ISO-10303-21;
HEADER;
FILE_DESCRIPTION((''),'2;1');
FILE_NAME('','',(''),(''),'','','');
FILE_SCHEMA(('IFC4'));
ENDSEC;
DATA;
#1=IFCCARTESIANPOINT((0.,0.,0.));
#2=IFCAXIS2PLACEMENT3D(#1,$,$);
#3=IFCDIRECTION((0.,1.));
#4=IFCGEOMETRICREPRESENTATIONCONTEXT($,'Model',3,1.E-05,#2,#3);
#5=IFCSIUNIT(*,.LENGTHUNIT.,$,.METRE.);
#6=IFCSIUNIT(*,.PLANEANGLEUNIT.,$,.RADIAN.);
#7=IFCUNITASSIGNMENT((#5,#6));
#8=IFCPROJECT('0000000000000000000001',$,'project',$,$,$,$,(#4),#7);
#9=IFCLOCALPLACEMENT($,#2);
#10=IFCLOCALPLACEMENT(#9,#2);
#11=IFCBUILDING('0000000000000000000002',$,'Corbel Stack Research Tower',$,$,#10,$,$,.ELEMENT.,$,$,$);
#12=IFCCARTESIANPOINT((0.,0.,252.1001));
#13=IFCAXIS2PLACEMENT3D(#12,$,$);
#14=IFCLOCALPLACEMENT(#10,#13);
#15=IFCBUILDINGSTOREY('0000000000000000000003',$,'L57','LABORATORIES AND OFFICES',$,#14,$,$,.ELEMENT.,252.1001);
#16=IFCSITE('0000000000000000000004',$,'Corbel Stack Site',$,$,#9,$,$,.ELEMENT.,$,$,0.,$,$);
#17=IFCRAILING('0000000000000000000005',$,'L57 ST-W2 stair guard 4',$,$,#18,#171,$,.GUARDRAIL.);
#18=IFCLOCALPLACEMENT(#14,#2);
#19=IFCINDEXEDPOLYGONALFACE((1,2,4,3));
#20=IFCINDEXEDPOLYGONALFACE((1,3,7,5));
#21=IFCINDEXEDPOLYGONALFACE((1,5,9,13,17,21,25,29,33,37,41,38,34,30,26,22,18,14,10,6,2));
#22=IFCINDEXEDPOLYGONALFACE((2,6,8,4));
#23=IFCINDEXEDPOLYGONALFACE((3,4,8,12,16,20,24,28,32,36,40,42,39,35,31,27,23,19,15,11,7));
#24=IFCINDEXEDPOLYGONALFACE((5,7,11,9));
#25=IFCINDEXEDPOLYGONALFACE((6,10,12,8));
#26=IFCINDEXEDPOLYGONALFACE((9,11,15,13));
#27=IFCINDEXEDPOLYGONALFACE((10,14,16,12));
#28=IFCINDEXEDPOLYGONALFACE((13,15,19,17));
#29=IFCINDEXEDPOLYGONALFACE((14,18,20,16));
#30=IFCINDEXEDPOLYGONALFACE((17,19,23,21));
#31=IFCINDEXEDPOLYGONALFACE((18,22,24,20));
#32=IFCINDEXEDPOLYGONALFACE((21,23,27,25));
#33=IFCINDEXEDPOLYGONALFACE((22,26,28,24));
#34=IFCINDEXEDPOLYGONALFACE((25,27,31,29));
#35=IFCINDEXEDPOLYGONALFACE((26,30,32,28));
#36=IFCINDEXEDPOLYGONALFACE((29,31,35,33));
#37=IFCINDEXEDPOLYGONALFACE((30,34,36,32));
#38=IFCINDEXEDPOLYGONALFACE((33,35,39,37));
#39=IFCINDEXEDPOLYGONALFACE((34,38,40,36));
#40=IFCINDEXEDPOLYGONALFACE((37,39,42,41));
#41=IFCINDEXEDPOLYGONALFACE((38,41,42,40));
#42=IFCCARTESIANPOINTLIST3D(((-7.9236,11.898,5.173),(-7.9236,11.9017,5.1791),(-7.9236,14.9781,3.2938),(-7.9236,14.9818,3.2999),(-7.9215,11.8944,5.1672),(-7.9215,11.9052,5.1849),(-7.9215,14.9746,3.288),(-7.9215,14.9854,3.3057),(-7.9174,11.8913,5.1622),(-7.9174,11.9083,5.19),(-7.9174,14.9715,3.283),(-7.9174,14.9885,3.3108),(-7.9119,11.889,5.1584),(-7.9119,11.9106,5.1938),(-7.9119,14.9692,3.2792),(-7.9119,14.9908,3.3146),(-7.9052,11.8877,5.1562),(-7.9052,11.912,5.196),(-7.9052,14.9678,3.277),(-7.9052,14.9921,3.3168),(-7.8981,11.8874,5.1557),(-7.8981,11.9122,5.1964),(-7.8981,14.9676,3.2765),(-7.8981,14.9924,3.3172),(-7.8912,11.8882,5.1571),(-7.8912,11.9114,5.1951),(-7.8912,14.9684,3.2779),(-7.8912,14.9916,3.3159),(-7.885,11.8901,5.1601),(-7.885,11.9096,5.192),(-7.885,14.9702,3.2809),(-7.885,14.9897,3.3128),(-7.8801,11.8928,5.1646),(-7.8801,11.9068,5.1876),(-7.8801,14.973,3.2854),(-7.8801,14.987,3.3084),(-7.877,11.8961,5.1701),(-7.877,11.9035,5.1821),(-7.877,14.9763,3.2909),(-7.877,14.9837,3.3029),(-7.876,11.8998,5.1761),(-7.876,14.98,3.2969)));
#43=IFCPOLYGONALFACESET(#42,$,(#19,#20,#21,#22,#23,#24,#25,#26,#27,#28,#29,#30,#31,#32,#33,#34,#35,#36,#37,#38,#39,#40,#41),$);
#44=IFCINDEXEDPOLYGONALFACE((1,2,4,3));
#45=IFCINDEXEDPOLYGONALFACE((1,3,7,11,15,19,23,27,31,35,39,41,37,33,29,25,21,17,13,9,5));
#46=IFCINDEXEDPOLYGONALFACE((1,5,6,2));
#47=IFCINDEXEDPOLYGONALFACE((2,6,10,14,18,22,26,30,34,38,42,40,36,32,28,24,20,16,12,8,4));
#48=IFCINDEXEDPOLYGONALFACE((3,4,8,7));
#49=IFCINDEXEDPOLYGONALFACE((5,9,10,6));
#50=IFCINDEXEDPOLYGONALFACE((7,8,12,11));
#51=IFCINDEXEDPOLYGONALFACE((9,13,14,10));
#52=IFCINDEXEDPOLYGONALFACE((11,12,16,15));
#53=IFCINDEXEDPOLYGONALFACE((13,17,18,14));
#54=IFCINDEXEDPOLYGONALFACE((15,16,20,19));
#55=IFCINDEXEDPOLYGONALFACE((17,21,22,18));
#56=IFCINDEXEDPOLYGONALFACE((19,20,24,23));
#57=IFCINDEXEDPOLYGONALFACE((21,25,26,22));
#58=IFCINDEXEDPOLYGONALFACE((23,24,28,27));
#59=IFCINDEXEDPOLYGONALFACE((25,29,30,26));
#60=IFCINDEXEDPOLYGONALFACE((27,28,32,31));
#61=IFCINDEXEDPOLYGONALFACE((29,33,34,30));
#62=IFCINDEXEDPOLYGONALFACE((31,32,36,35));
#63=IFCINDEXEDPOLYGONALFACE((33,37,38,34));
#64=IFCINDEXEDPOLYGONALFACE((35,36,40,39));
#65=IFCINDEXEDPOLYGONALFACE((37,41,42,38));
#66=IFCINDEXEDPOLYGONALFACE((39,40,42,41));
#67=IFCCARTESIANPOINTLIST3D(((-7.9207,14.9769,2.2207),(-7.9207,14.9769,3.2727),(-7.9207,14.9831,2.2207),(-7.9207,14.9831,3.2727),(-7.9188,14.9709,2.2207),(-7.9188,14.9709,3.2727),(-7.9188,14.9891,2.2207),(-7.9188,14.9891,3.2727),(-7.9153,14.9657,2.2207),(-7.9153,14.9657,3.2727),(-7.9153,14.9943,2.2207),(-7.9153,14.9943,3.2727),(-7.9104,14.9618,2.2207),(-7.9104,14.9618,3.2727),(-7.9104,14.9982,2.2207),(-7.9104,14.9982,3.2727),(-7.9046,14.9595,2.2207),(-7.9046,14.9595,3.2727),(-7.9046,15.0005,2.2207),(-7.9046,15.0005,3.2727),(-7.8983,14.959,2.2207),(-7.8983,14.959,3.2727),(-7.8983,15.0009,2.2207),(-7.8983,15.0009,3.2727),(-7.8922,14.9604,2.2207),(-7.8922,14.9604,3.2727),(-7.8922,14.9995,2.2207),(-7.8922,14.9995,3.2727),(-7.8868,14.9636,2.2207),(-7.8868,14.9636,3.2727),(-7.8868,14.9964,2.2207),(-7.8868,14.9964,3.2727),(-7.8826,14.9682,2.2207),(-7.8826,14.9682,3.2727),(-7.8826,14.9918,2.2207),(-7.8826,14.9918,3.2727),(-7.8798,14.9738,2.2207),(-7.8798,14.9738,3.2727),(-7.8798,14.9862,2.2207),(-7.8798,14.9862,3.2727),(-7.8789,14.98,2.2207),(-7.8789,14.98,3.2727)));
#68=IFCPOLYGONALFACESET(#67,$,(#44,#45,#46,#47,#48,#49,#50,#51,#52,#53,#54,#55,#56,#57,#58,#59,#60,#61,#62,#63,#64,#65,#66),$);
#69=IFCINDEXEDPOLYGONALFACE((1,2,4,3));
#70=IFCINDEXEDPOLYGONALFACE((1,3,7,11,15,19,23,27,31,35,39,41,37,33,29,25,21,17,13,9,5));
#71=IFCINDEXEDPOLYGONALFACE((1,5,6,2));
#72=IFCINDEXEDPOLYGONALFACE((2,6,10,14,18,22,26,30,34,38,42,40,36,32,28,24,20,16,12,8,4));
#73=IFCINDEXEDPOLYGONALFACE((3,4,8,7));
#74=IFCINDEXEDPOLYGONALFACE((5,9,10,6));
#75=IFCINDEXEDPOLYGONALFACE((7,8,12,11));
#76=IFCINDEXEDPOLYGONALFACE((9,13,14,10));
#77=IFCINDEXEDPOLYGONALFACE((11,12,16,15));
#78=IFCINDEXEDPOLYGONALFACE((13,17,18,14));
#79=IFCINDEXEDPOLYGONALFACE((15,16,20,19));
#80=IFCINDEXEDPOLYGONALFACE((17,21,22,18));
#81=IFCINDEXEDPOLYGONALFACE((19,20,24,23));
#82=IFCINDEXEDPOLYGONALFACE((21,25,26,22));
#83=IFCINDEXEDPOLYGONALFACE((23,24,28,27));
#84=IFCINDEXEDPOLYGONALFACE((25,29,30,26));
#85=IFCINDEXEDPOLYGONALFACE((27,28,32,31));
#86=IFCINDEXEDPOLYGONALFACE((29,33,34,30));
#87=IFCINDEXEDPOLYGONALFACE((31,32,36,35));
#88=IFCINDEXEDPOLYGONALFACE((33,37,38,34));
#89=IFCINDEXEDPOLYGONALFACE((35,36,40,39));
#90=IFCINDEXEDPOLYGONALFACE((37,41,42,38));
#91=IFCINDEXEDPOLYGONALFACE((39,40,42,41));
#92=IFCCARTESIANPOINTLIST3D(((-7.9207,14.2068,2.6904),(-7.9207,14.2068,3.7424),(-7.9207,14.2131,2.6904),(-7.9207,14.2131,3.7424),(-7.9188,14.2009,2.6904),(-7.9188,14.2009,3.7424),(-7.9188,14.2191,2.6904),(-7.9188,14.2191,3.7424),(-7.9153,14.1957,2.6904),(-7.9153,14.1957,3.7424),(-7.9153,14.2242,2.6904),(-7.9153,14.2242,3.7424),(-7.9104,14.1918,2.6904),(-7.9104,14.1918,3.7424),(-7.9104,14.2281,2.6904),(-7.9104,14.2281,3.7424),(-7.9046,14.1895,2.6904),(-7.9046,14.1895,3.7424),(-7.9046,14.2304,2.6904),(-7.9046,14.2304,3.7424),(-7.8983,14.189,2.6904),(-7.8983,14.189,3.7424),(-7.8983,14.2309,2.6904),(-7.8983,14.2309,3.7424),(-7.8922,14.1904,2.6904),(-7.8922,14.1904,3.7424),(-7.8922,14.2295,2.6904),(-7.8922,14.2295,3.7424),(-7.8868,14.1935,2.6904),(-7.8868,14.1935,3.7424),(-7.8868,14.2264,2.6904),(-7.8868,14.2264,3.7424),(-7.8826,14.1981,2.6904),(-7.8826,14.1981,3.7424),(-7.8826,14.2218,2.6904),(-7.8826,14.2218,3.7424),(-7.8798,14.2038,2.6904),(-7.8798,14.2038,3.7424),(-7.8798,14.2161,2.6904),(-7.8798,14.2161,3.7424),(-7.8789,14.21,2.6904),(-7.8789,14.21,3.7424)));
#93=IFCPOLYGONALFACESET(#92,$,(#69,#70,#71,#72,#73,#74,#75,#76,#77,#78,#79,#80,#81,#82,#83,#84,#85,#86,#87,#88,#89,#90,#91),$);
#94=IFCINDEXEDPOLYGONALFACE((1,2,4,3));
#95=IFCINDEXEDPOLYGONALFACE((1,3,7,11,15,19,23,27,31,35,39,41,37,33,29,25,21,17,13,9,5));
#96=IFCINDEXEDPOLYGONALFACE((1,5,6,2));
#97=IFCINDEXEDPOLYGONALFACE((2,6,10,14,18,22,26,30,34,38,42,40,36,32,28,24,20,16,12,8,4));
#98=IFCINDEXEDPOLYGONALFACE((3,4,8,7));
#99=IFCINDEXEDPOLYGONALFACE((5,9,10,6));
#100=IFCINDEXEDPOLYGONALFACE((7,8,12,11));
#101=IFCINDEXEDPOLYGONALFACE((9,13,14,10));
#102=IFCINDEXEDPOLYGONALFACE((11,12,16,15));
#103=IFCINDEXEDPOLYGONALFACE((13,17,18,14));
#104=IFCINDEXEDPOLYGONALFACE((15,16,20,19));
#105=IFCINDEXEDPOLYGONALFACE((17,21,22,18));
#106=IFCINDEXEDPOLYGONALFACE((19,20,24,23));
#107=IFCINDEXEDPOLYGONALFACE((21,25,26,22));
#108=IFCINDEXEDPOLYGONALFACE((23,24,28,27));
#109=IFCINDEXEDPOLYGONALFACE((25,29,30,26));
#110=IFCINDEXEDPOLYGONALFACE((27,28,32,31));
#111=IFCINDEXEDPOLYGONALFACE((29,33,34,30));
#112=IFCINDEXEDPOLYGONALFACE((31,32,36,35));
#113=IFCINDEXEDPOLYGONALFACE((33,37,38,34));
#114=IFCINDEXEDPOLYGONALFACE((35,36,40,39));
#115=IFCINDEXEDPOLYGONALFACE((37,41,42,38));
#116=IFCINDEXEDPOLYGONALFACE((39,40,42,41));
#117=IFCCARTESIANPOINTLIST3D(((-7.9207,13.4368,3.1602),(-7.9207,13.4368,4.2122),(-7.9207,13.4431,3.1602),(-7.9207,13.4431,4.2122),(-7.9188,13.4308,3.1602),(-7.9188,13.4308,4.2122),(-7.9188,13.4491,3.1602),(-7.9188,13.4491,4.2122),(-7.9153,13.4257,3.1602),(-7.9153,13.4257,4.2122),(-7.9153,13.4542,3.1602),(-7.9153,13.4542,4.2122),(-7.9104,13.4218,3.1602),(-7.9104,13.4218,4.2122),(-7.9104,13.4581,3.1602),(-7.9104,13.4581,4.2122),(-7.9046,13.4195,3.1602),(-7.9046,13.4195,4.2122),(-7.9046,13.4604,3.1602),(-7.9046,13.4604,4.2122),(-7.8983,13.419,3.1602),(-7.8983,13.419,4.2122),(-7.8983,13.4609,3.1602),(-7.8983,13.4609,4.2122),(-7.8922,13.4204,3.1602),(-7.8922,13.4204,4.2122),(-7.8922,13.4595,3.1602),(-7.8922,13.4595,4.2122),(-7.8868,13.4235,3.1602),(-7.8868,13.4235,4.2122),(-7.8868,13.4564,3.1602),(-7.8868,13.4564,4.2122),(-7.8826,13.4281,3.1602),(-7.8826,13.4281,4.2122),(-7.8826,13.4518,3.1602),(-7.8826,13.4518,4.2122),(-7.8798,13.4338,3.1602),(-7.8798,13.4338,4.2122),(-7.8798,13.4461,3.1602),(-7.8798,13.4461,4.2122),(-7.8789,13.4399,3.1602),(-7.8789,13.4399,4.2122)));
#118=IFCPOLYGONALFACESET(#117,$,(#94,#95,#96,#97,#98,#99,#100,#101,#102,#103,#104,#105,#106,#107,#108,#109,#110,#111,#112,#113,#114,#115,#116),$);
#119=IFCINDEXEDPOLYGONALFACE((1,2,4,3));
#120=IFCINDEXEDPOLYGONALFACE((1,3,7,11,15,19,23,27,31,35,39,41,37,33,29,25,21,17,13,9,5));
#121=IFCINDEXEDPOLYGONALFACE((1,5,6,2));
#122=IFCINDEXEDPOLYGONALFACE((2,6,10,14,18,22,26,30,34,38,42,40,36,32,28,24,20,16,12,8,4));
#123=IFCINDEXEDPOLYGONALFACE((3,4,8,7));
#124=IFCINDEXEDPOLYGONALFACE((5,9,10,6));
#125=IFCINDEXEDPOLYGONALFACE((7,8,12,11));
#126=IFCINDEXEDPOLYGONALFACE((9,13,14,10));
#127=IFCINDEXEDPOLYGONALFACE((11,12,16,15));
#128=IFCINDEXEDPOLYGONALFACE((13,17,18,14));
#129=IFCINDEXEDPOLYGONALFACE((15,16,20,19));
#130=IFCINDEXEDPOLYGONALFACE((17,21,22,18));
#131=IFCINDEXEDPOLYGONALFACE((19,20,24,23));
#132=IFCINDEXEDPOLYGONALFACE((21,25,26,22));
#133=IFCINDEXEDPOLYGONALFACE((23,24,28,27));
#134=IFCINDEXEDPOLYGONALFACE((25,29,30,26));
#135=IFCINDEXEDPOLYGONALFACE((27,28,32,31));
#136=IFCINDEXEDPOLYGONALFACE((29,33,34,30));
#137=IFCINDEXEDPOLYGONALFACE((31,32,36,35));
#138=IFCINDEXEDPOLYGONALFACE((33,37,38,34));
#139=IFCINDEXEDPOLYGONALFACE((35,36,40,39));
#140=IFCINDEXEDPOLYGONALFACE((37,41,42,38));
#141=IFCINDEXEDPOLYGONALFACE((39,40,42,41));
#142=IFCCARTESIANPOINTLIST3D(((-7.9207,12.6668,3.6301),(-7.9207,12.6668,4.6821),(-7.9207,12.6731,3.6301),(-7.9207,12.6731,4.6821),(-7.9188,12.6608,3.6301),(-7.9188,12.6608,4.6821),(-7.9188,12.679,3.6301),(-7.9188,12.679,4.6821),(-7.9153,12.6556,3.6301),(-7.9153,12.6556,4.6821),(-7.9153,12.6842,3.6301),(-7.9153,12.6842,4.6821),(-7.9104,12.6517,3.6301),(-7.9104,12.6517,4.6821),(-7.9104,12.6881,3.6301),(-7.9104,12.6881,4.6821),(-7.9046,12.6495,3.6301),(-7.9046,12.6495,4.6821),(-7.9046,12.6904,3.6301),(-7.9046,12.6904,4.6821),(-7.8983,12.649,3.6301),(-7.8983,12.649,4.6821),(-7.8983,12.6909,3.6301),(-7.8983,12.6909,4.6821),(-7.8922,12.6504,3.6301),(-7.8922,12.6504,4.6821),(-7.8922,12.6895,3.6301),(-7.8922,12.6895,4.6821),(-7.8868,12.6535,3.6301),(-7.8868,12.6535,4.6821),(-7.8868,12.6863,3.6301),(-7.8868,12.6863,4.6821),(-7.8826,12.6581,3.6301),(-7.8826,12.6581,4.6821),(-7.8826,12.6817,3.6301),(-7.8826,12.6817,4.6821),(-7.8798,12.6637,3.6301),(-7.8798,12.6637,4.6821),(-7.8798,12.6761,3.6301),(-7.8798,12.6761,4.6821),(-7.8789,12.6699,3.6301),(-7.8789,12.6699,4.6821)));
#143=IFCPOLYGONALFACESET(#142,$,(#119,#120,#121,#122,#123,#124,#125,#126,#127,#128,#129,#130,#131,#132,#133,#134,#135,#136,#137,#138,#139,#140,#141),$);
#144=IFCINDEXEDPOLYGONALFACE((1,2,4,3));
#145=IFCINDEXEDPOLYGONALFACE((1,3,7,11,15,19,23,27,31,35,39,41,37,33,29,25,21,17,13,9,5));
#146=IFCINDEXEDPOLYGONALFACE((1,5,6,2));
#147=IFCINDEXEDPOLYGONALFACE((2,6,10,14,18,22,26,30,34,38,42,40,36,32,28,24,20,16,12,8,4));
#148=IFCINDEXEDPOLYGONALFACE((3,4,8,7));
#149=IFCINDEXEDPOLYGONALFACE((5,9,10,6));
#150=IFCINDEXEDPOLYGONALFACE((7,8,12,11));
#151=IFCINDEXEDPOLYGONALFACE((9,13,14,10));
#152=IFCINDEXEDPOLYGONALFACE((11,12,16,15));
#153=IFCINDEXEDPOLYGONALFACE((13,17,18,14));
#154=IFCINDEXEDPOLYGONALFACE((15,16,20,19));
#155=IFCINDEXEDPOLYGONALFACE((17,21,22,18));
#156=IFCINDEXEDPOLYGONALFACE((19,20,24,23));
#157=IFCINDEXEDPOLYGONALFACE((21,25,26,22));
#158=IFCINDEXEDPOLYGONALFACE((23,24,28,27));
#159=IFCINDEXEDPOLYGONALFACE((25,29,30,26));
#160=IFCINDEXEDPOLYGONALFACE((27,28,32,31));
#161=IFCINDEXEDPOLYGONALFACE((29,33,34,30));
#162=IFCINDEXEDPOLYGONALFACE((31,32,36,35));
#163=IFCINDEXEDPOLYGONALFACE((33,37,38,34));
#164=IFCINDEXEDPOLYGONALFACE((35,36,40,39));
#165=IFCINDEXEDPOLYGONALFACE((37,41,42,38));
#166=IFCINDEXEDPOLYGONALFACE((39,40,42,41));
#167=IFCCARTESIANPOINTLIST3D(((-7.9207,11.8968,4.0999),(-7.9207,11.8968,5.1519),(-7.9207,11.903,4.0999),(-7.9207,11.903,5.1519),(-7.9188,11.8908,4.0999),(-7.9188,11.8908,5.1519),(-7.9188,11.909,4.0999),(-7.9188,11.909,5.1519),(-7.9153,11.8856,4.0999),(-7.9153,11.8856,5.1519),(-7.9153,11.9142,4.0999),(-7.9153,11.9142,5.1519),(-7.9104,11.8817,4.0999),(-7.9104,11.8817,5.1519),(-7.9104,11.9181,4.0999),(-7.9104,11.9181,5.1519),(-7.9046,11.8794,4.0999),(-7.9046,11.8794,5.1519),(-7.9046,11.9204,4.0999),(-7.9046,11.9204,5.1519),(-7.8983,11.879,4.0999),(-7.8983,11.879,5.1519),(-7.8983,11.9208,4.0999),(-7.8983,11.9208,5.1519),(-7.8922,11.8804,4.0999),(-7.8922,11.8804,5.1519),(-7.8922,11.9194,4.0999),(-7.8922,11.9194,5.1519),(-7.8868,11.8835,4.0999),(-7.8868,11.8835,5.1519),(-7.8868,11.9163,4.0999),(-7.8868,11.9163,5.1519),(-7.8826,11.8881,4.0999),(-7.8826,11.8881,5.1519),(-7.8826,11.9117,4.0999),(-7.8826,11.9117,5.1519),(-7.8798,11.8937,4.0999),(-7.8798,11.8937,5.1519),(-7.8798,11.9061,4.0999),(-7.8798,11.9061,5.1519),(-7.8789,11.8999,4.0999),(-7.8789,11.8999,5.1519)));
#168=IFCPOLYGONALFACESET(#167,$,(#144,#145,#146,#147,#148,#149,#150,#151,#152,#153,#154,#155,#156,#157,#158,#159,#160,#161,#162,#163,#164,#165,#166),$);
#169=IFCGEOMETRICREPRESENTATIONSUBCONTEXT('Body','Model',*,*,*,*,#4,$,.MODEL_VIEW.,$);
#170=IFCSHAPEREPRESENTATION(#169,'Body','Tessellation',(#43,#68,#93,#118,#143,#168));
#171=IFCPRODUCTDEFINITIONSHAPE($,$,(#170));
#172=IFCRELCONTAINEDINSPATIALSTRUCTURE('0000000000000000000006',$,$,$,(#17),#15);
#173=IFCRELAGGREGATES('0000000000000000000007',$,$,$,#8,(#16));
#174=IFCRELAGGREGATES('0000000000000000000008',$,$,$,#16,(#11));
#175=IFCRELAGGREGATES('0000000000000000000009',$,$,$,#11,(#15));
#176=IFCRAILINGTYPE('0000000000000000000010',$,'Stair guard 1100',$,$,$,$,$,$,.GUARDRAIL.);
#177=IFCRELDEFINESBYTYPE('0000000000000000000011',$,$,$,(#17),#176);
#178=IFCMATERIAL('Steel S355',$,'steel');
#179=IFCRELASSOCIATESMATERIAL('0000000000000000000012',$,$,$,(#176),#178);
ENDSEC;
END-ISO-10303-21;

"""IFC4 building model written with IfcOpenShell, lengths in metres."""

from ifc_helpers import new_model, si_unit, direction, frame, origin, origin_2d, place, context, subcontext, project, spatial, circle, extrude, material, type_object, element, save


model = new_model("IFC4")

# Units and contexts
model_context = context("Model", 3, precision=1e-05, world=origin(), true_north=direction((0.0, 1.0)))
body_context = subcontext(model_context, "Body", "Model", "MODEL_VIEW")
ifc_project = project(units=[si_unit("LENGTHUNIT", "METRE"), si_unit("PLANEANGLEUNIT", "RADIAN")], contexts=[model_context])

# Site, building, storey
site_placement = place(None, origin())
site = spatial("IfcSite", under=ifc_project, at=site_placement, Name="Corbel Stack Site", CompositionType="ELEMENT", RefElevation=0.0)
building_placement = place(site_placement, origin())
building = spatial("IfcBuilding", under=site, at=building_placement, Name="Corbel Stack Research Tower", CompositionType="ELEMENT")
storey_placement = place(building_placement, frame((0.0, 0.0, 252.1001)))
storey = spatial("IfcBuildingStorey", under=building, at=storey_placement, Name="L57", Description="LABORATORIES AND OFFICES", CompositionType="ELEMENT", Elevation=252.1001)

# Railing
ifc_material_1 = material(Name="Steel S355", Category="steel")
railing_type_1 = type_object("IfcRailingType", Name="Stair guard 1100", PredefinedType="GUARDRAIL", material=ifc_material_1)
railing_1_placement = place(storey_placement, frame((-7.8999, 14.98, 2.2207)))
element("IfcRailing", 1, at=railing_1_placement, inside=storey, type_object=railing_type_1, Name="L57 ST-W2 stair guard 4", PredefinedType="GUARDRAIL", context=body_context, shape_type="SweptSolid", body=[
    extrude(circle(Radius=0.0239, at=origin_2d()), frame((0.0, 0.0, 1.0762), z_axis=(0.0, -0.853666, 0.52082), x_axis=(1.0, 0.0, 0.0)), (0.0, 0.0, 1.0), 3.6082),
    extrude(circle(Radius=0.021, at=origin_2d()), origin(), (0.0, 0.0, 1.0), 1.052),
    extrude(circle(Radius=0.021, at=origin_2d()), frame((0.0, -0.77, 0.4697)), (0.0, 0.0, 1.0), 1.052),
    extrude(circle(Radius=0.021, at=origin_2d()), frame((0.0, -1.54, 0.9395)), (0.0, 0.0, 1.0), 1.052),
    extrude(circle(Radius=0.021, at=origin_2d()), frame((0.0, -2.3101, 1.4094)), (0.0, 0.0, 1.0), 1.052),
    extrude(circle(Radius=0.021, at=origin_2d()), frame((0.0, -3.0801, 1.8792)), (0.0, 0.0, 1.0), 1.052),
])

save(model, "model.ifc")
